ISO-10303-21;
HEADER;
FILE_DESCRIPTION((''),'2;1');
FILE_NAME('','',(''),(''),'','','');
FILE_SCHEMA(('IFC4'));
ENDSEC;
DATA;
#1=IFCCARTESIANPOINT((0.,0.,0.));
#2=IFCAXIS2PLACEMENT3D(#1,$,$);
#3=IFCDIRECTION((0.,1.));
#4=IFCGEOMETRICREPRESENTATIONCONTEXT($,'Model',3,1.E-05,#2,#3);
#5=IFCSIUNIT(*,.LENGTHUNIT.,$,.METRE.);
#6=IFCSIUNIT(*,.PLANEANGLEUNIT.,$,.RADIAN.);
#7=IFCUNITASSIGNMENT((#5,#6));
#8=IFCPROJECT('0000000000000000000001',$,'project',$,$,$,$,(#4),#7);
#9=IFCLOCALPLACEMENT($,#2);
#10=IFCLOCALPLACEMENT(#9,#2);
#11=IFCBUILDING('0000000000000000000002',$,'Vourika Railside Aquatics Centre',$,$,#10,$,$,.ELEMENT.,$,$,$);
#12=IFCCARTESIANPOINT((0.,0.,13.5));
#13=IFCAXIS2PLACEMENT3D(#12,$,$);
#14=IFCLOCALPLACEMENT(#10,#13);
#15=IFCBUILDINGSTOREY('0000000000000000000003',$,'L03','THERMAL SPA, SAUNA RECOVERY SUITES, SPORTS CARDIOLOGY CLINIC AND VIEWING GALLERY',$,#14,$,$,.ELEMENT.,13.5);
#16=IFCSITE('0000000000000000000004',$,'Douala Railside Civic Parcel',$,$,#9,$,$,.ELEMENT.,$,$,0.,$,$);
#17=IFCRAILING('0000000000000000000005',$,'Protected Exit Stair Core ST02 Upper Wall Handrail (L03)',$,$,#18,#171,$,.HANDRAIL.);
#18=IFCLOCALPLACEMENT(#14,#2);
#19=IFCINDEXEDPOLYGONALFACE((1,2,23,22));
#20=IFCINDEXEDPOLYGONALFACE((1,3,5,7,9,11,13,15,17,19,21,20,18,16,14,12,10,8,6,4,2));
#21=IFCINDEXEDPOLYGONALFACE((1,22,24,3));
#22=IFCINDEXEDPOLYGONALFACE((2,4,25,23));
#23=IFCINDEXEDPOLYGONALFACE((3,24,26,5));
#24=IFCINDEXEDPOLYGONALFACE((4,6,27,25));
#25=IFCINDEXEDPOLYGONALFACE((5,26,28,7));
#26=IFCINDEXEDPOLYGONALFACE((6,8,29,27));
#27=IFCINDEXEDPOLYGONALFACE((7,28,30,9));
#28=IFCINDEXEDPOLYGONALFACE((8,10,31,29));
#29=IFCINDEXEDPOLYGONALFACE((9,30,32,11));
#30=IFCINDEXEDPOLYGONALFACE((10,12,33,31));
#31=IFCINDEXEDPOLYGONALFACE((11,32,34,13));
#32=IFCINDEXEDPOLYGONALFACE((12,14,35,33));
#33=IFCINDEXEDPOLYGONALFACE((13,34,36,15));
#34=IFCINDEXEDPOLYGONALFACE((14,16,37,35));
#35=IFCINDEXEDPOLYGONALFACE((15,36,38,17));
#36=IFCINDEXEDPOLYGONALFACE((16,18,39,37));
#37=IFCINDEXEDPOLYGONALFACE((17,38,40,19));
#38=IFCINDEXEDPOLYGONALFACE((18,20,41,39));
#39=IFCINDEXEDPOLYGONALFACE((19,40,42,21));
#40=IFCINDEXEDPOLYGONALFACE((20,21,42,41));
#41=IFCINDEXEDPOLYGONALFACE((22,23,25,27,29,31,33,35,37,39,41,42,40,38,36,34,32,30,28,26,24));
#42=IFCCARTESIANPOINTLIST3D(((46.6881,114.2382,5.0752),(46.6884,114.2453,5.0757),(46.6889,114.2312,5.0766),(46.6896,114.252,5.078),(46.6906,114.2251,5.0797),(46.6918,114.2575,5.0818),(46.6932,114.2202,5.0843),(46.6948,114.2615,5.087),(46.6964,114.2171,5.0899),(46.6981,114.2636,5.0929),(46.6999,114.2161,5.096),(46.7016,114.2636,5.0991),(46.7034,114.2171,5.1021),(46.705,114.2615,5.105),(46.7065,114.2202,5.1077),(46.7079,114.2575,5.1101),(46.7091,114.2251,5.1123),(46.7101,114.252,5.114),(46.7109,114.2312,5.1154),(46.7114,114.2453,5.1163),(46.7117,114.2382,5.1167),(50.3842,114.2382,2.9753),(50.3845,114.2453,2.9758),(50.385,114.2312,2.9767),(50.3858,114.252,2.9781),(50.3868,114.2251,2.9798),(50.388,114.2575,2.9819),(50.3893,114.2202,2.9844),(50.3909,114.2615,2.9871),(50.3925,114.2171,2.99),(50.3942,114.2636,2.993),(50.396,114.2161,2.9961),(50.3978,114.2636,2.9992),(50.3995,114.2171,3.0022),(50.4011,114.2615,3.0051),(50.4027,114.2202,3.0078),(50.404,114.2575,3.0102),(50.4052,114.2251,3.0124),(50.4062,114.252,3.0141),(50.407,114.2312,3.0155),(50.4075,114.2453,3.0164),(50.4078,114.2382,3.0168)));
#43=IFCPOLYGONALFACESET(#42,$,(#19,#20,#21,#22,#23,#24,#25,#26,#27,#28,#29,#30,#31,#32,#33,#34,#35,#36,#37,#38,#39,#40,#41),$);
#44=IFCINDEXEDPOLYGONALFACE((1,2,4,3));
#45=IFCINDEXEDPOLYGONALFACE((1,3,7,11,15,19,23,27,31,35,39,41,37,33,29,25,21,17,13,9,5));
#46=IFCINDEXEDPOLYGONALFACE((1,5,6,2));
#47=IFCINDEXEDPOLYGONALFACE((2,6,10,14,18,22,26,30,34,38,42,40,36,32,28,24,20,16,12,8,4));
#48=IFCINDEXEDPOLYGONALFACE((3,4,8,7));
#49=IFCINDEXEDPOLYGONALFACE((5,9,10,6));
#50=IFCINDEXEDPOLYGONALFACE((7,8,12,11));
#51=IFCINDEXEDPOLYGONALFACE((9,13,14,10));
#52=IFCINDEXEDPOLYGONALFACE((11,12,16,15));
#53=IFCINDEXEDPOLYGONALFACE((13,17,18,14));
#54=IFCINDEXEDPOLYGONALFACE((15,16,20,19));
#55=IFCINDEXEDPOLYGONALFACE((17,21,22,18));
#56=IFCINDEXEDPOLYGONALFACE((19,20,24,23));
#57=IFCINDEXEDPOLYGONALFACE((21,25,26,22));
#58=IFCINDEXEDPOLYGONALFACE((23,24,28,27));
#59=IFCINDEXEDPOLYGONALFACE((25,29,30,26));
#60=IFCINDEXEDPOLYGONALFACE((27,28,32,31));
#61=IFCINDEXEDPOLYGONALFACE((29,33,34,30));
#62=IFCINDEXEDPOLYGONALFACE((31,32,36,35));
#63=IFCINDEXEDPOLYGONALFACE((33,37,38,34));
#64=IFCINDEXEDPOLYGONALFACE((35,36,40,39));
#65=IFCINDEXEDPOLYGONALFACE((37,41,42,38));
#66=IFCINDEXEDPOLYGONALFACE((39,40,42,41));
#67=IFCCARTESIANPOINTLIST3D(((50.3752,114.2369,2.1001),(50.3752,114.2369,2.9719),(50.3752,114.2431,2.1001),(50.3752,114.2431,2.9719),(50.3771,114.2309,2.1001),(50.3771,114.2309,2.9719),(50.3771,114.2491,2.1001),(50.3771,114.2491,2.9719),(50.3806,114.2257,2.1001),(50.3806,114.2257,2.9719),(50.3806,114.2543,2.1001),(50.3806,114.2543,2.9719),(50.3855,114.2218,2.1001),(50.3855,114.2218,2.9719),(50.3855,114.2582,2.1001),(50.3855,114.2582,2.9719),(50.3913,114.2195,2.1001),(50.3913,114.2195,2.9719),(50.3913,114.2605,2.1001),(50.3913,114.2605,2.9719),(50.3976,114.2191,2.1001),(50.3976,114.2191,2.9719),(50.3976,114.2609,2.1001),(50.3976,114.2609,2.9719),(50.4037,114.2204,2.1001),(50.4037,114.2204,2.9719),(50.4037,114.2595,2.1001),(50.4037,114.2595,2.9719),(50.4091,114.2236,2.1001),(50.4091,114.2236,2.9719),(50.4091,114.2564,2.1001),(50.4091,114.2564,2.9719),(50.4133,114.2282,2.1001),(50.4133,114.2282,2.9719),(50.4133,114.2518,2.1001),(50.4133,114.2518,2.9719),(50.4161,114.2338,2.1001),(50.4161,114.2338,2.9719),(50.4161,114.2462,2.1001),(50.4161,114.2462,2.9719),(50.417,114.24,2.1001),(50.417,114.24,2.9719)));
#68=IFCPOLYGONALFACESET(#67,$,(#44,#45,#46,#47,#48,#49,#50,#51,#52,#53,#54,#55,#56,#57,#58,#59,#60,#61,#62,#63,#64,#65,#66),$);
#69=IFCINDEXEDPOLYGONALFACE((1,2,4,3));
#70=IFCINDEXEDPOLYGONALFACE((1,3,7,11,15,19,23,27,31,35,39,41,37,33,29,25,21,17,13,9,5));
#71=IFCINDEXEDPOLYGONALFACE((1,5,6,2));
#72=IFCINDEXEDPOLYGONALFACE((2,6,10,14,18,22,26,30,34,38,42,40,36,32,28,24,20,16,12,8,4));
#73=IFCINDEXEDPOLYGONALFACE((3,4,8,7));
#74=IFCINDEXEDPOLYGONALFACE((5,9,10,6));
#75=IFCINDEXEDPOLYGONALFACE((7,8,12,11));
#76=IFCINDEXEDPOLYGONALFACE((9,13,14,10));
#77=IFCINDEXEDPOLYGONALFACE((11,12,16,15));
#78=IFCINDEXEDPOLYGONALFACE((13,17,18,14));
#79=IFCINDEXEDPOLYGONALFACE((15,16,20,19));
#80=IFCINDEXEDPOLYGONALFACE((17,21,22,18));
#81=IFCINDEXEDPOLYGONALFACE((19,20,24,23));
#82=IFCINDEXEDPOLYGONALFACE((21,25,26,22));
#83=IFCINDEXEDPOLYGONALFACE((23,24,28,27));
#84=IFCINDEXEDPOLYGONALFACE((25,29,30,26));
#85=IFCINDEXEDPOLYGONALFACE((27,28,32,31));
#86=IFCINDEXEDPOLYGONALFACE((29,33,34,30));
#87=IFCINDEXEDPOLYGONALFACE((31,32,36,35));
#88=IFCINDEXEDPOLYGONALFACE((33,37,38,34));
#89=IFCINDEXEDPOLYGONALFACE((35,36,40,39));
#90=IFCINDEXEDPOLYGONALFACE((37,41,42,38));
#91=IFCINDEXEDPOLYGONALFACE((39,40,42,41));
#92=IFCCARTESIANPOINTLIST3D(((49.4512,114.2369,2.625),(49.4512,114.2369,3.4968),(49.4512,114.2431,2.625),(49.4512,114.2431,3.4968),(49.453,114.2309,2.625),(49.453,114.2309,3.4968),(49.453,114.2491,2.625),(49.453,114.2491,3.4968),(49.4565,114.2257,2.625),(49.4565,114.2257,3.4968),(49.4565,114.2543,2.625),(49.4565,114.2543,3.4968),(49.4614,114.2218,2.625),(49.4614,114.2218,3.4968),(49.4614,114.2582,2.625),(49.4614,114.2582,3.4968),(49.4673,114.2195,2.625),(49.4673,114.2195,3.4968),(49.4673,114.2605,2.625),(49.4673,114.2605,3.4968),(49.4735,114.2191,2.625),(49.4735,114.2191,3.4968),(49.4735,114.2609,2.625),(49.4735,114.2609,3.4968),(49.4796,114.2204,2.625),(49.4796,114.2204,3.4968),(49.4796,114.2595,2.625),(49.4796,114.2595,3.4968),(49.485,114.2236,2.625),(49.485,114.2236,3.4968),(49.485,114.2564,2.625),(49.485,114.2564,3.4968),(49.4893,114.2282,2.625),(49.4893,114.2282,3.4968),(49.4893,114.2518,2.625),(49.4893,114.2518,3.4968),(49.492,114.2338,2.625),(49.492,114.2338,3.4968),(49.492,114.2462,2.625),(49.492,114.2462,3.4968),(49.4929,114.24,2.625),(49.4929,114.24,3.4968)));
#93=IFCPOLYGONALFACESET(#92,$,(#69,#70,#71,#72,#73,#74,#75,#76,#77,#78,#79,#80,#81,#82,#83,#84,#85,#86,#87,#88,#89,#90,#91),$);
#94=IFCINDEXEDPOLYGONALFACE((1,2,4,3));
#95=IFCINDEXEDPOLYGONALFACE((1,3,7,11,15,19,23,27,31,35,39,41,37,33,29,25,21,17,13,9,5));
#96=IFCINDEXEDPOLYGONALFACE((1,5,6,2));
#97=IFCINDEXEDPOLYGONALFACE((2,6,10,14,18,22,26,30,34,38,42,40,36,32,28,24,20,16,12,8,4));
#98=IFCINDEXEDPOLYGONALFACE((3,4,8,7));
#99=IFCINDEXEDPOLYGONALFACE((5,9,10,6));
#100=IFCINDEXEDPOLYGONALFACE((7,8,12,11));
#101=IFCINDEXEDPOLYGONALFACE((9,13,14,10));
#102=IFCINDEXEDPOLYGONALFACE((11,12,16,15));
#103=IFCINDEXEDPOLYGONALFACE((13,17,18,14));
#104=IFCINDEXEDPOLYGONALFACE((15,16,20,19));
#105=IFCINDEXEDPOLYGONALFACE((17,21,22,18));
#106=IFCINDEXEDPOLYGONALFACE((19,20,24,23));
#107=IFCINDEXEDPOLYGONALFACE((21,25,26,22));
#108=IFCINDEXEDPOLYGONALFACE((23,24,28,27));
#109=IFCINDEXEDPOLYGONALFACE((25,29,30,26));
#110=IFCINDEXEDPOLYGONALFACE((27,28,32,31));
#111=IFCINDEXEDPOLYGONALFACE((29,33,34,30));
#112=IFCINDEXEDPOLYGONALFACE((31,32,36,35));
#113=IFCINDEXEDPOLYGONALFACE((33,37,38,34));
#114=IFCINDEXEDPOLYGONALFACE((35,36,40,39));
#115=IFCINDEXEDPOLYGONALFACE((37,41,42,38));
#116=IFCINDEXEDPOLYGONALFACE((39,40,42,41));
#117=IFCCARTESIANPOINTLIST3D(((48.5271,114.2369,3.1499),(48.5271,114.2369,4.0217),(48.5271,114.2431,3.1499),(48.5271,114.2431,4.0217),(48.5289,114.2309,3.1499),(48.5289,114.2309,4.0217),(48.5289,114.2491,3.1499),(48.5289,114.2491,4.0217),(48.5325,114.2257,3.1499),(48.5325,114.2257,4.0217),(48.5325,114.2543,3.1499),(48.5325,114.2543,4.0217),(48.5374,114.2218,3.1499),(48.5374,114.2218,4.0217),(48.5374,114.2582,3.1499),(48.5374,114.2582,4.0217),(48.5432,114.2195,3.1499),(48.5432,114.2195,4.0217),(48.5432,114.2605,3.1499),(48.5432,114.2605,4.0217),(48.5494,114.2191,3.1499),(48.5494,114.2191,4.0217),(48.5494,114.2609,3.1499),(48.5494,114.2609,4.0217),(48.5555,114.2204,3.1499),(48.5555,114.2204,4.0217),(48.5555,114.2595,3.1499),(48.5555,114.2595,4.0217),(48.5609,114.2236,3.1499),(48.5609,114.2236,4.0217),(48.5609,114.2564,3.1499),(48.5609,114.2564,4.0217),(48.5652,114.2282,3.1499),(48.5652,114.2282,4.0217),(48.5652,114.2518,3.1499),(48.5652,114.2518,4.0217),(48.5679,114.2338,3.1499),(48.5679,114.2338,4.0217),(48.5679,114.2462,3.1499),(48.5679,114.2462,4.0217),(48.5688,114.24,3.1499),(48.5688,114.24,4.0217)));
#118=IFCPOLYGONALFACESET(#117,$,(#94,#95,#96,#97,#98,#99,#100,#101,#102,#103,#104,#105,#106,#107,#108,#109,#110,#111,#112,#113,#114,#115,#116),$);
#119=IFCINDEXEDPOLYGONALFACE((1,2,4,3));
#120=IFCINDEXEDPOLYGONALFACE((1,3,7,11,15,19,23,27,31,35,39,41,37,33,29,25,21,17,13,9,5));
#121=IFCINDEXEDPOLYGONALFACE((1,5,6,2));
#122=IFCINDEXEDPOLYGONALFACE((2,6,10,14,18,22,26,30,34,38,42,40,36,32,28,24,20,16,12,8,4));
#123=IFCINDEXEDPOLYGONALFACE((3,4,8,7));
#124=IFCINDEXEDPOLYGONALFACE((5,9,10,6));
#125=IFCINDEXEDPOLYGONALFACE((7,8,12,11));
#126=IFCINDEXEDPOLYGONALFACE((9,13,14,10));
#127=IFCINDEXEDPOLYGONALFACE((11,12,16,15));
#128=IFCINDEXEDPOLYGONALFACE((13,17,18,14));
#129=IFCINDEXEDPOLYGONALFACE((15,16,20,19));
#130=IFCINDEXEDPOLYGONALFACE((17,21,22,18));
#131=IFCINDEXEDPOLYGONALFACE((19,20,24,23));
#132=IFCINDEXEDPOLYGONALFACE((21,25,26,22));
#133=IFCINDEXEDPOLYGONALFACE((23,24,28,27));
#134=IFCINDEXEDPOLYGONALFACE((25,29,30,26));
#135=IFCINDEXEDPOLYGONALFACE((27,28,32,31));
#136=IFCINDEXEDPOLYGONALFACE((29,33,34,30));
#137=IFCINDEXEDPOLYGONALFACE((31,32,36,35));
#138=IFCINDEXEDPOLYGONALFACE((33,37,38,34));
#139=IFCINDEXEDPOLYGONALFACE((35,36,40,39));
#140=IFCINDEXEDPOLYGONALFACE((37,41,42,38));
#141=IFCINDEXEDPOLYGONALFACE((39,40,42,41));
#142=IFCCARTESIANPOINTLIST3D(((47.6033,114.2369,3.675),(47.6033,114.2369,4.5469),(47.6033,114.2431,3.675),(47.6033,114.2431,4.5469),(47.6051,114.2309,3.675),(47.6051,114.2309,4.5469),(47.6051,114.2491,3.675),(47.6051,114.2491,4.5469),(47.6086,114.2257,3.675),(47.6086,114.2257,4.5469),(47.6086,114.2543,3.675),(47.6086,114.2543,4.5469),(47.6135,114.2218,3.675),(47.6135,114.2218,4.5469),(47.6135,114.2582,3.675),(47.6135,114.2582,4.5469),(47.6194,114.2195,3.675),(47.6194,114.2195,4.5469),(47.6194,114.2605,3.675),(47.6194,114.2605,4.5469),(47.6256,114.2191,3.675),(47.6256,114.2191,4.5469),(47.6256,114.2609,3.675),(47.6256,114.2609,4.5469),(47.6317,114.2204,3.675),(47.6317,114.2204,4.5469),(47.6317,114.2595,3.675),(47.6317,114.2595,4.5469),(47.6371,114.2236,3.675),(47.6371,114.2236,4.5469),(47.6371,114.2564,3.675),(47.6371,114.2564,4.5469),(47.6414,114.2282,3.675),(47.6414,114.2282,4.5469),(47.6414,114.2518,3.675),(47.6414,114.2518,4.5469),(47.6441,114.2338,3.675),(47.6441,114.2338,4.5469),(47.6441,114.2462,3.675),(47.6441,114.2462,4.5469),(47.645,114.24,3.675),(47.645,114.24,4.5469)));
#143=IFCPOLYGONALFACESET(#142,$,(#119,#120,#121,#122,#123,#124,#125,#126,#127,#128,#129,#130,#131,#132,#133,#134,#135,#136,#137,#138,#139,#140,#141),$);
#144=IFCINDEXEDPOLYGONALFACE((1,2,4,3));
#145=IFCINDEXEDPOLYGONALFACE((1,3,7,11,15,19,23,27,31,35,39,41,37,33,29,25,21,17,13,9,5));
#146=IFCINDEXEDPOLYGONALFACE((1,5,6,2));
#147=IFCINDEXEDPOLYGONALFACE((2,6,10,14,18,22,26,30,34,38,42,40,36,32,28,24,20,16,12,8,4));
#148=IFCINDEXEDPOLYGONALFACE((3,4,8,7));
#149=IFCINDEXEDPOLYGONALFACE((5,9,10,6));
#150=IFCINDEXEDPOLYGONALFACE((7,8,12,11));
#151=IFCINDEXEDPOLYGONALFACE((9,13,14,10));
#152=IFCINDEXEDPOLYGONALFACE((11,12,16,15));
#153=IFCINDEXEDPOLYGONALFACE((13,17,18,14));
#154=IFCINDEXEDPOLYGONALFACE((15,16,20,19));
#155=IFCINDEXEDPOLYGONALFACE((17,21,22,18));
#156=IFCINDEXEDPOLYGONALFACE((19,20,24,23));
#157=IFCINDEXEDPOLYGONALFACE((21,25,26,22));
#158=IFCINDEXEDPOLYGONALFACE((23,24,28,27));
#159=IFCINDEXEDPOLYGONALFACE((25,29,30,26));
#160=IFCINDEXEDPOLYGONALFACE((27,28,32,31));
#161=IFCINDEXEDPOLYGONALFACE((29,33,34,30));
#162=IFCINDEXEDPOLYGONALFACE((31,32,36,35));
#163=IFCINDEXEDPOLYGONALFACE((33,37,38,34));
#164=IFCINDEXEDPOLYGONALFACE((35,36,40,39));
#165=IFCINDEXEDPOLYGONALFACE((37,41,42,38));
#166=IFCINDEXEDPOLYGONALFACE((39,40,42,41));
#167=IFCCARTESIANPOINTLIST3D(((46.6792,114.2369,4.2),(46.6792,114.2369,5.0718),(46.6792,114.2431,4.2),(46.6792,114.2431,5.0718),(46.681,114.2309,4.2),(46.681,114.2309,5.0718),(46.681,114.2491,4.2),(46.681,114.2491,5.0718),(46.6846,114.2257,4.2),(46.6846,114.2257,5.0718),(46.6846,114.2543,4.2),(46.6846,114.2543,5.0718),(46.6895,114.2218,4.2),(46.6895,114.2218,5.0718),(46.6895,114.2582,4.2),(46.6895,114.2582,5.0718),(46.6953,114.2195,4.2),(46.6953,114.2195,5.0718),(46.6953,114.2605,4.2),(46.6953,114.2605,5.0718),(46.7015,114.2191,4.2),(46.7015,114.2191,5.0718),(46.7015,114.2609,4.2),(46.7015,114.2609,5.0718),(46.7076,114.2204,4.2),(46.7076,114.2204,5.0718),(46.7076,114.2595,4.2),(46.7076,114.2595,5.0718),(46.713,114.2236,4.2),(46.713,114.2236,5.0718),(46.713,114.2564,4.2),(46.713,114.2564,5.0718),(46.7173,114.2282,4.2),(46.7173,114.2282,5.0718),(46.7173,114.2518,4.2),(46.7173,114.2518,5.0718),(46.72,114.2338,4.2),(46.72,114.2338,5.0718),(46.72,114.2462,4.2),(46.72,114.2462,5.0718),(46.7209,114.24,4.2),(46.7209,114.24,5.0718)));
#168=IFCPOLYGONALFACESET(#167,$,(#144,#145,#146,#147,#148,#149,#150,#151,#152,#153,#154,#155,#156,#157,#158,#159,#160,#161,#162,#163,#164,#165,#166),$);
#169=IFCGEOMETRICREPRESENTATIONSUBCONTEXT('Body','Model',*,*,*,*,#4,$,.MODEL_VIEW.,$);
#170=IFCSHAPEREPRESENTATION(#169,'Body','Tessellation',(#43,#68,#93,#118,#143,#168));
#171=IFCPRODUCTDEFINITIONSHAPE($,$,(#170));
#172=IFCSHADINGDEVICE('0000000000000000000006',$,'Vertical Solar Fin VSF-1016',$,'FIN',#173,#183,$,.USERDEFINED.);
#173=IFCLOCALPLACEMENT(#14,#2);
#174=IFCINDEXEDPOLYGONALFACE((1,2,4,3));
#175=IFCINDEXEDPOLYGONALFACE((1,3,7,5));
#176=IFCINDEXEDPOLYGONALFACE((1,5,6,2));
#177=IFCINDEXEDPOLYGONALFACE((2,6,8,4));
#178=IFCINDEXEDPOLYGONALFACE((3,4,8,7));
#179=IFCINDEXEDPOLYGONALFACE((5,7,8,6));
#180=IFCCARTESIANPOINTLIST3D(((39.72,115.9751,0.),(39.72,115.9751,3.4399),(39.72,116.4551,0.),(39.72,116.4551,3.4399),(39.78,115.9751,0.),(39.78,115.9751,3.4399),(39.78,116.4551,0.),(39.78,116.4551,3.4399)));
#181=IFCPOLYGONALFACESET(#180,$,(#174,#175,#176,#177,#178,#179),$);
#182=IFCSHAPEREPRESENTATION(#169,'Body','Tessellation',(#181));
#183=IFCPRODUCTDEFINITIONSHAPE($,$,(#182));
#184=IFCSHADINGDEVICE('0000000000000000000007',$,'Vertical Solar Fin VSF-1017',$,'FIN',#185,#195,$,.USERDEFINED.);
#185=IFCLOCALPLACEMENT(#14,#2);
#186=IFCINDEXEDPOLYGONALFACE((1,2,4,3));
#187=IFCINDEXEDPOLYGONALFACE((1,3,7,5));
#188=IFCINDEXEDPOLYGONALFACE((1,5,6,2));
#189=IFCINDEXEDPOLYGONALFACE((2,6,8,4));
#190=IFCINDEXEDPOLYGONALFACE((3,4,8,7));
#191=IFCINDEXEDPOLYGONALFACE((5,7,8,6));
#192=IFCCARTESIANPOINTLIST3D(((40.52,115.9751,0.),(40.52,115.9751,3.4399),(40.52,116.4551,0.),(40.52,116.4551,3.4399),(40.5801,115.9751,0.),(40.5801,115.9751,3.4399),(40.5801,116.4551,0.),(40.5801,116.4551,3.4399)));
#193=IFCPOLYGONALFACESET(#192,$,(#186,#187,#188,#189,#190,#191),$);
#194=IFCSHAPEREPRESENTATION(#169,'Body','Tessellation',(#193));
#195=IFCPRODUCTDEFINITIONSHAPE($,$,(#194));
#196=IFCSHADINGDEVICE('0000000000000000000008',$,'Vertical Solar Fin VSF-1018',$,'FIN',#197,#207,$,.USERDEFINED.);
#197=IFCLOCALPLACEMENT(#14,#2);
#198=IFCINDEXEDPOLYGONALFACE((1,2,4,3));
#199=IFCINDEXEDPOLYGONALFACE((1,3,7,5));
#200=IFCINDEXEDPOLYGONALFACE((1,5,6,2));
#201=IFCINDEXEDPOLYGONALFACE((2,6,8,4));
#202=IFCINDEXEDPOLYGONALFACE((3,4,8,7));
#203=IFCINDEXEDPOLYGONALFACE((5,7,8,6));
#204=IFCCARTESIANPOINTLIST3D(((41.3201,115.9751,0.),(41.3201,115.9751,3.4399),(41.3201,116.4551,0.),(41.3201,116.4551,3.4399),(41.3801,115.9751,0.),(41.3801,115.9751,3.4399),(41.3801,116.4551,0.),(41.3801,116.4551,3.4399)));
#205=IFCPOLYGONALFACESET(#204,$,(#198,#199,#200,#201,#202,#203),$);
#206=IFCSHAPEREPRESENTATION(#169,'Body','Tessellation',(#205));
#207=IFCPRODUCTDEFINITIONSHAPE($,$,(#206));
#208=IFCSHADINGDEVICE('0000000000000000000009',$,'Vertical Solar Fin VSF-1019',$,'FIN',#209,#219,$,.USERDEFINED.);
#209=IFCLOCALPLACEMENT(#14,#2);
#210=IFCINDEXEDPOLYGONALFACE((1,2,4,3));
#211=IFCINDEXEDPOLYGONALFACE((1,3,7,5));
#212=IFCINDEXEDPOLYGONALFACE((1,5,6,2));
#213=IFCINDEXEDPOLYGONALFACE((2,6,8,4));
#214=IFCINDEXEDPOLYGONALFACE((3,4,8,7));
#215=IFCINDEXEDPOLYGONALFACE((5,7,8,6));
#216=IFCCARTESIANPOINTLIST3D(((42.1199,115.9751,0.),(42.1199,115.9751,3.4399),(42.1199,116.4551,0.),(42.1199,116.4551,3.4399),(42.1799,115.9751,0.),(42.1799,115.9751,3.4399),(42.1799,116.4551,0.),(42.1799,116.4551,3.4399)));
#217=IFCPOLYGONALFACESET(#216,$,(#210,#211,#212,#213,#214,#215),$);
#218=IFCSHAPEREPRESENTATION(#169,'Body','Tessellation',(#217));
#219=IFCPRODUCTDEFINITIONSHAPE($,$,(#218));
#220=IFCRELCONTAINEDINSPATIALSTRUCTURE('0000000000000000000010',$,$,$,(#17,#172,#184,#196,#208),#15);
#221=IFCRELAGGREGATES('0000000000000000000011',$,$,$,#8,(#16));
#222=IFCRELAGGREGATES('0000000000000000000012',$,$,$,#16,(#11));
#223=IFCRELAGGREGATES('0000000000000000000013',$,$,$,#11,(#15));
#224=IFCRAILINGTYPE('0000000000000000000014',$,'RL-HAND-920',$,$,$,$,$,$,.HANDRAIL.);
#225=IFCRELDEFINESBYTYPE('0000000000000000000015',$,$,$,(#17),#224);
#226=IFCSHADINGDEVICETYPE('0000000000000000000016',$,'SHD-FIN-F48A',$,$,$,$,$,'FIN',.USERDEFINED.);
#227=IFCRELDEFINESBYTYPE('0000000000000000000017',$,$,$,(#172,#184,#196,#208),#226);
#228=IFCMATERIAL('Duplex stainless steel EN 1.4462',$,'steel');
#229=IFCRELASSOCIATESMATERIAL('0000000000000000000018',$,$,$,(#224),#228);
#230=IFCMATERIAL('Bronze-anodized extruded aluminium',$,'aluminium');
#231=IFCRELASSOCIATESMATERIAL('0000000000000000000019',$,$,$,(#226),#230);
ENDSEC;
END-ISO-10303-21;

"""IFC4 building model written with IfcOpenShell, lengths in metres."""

from ifc_helpers import new_model, si_unit, direction, frame, origin, origin_2d, place, context, subcontext, project, spatial, rectangle, circle, extrude, material, material_profile, profile_set, type_object, element, save


model = new_model("IFC4")

# Units and contexts
model_context = context("Model", 3, precision=1e-05, world=origin(), true_north=direction((0.0, 1.0)))
body_context = subcontext(model_context, "Body", "Model", "MODEL_VIEW")
ifc_project = project(units=[si_unit("LENGTHUNIT", "METRE"), si_unit("PLANEANGLEUNIT", "RADIAN")], contexts=[model_context])

# Site, building, storey
site_placement = place(None, origin())
site = spatial("IfcSite", under=ifc_project, at=site_placement, Name="Douala Railside Civic Parcel", CompositionType="ELEMENT", RefElevation=0.0)
building_placement = place(site_placement, origin())
building = spatial("IfcBuilding", under=site, at=building_placement, Name="Vourika Railside Aquatics Centre", CompositionType="ELEMENT")
storey_placement = place(building_placement, frame((0.0, 0.0, 13.5)))
storey = spatial("IfcBuildingStorey", under=building, at=storey_placement, Name="L03", Description="THERMAL SPA, SAUNA RECOVERY SUITES, SPORTS CARDIOLOGY CLINIC AND VIEWING GALLERY", CompositionType="ELEMENT", Elevation=13.5)

# Railing
ifc_material_1 = material(Name="Duplex stainless steel EN 1.4462", Category="steel")
railing_type_1 = type_object("IfcRailingType", Name="RL-HAND-920", PredefinedType="HANDRAIL", material=ifc_material_1)
railing_1_placement = place(storey_placement, frame((50.396, 114.24, 2.1001)))
element("IfcRailing", 1, at=railing_1_placement, inside=storey, type_object=railing_type_1, Name="Protected Exit Stair Core ST02 Upper Wall Handrail (L03)", PredefinedType="HANDRAIL", context=body_context, shape_type="SweptSolid", body=[
    extrude(circle(Radius=0.0239, at=origin_2d()), frame((0.0, 0.0, 0.896), z_axis=(-0.869474, 0.0, 0.493979), x_axis=(0.0, -1.0, 0.0)), (0.0, 0.0, 1.0), 4.251),
    extrude(circle(Radius=0.021, at=origin_2d()), origin(), (0.0, 0.0, 1.0), 0.8718),
    extrude(circle(Radius=0.021, at=origin_2d()), frame((-0.9241, 0.0, 0.5249)), (0.0, 0.0, 1.0), 0.8718),
    extrude(circle(Radius=0.021, at=origin_2d()), frame((-1.8481, 0.0, 1.0498)), (0.0, 0.0, 1.0), 0.8718),
    extrude(circle(Radius=0.021, at=origin_2d()), frame((-2.772, 0.0, 1.575)), (0.0, 0.0, 1.0), 0.8718),
    extrude(circle(Radius=0.021, at=origin_2d()), frame((-3.696, 0.0, 2.0999)), (0.0, 0.0, 1.0), 0.8718),
])

# Shading devices
ifc_material_2 = material(Name="Bronze-anodized extruded aluminium", Category="aluminium")
ifc_material_profile_1 = material_profile(ifc_material_2, rectangle(XDim=0.0601, YDim=0.48, at=origin_2d()), Name="ALU-FIN 60x480")
ifc_profile_set_1 = profile_set([ifc_material_profile_1], Name="Bronze-anodized extruded aluminium")
shading_device_type = type_object("IfcShadingDeviceType", Name="SHD-FIN-F48A", ElementType="FIN", PredefinedType="USERDEFINED", material=ifc_profile_set_1)
for number, where, z_axis, x_axis, name in (
    (2, (39.75, 116.2151, 0.0), (0.0, 0.0, 1.0), (1.0, 0.0, 0.0), "Vertical Solar Fin VSF-1016"),
    (3, (40.55, 116.2151, 0.0), (0.0, 0.0, 1.0), (1.0, 0.0, 0.0), "Vertical Solar Fin VSF-1017"),
    (4, (41.3501, 116.2151, 0.0), (0.0, 0.0, 1.0), (1.0, 0.0, 0.0), "Vertical Solar Fin VSF-1018"),
    (5, (42.1499, 116.2151, 0.0), (0.0, 0.0, 1.0), (1.0, 0.0, 0.0), "Vertical Solar Fin VSF-1019"),
):
    element("IfcShadingDevice", number, at=place(storey_placement, frame(where, z_axis=z_axis, x_axis=x_axis)), inside=storey, type_object=shading_device_type, Name=name, ObjectType="FIN", PredefinedType="USERDEFINED", context=body_context, shape_type="SweptSolid", body=[
        extrude(rectangle(XDim=0.0601, YDim=0.48, at=origin_2d()), origin(), (0.0, 0.0, 1.0), 3.4399),
    ])

save(model, "model.ifc")
